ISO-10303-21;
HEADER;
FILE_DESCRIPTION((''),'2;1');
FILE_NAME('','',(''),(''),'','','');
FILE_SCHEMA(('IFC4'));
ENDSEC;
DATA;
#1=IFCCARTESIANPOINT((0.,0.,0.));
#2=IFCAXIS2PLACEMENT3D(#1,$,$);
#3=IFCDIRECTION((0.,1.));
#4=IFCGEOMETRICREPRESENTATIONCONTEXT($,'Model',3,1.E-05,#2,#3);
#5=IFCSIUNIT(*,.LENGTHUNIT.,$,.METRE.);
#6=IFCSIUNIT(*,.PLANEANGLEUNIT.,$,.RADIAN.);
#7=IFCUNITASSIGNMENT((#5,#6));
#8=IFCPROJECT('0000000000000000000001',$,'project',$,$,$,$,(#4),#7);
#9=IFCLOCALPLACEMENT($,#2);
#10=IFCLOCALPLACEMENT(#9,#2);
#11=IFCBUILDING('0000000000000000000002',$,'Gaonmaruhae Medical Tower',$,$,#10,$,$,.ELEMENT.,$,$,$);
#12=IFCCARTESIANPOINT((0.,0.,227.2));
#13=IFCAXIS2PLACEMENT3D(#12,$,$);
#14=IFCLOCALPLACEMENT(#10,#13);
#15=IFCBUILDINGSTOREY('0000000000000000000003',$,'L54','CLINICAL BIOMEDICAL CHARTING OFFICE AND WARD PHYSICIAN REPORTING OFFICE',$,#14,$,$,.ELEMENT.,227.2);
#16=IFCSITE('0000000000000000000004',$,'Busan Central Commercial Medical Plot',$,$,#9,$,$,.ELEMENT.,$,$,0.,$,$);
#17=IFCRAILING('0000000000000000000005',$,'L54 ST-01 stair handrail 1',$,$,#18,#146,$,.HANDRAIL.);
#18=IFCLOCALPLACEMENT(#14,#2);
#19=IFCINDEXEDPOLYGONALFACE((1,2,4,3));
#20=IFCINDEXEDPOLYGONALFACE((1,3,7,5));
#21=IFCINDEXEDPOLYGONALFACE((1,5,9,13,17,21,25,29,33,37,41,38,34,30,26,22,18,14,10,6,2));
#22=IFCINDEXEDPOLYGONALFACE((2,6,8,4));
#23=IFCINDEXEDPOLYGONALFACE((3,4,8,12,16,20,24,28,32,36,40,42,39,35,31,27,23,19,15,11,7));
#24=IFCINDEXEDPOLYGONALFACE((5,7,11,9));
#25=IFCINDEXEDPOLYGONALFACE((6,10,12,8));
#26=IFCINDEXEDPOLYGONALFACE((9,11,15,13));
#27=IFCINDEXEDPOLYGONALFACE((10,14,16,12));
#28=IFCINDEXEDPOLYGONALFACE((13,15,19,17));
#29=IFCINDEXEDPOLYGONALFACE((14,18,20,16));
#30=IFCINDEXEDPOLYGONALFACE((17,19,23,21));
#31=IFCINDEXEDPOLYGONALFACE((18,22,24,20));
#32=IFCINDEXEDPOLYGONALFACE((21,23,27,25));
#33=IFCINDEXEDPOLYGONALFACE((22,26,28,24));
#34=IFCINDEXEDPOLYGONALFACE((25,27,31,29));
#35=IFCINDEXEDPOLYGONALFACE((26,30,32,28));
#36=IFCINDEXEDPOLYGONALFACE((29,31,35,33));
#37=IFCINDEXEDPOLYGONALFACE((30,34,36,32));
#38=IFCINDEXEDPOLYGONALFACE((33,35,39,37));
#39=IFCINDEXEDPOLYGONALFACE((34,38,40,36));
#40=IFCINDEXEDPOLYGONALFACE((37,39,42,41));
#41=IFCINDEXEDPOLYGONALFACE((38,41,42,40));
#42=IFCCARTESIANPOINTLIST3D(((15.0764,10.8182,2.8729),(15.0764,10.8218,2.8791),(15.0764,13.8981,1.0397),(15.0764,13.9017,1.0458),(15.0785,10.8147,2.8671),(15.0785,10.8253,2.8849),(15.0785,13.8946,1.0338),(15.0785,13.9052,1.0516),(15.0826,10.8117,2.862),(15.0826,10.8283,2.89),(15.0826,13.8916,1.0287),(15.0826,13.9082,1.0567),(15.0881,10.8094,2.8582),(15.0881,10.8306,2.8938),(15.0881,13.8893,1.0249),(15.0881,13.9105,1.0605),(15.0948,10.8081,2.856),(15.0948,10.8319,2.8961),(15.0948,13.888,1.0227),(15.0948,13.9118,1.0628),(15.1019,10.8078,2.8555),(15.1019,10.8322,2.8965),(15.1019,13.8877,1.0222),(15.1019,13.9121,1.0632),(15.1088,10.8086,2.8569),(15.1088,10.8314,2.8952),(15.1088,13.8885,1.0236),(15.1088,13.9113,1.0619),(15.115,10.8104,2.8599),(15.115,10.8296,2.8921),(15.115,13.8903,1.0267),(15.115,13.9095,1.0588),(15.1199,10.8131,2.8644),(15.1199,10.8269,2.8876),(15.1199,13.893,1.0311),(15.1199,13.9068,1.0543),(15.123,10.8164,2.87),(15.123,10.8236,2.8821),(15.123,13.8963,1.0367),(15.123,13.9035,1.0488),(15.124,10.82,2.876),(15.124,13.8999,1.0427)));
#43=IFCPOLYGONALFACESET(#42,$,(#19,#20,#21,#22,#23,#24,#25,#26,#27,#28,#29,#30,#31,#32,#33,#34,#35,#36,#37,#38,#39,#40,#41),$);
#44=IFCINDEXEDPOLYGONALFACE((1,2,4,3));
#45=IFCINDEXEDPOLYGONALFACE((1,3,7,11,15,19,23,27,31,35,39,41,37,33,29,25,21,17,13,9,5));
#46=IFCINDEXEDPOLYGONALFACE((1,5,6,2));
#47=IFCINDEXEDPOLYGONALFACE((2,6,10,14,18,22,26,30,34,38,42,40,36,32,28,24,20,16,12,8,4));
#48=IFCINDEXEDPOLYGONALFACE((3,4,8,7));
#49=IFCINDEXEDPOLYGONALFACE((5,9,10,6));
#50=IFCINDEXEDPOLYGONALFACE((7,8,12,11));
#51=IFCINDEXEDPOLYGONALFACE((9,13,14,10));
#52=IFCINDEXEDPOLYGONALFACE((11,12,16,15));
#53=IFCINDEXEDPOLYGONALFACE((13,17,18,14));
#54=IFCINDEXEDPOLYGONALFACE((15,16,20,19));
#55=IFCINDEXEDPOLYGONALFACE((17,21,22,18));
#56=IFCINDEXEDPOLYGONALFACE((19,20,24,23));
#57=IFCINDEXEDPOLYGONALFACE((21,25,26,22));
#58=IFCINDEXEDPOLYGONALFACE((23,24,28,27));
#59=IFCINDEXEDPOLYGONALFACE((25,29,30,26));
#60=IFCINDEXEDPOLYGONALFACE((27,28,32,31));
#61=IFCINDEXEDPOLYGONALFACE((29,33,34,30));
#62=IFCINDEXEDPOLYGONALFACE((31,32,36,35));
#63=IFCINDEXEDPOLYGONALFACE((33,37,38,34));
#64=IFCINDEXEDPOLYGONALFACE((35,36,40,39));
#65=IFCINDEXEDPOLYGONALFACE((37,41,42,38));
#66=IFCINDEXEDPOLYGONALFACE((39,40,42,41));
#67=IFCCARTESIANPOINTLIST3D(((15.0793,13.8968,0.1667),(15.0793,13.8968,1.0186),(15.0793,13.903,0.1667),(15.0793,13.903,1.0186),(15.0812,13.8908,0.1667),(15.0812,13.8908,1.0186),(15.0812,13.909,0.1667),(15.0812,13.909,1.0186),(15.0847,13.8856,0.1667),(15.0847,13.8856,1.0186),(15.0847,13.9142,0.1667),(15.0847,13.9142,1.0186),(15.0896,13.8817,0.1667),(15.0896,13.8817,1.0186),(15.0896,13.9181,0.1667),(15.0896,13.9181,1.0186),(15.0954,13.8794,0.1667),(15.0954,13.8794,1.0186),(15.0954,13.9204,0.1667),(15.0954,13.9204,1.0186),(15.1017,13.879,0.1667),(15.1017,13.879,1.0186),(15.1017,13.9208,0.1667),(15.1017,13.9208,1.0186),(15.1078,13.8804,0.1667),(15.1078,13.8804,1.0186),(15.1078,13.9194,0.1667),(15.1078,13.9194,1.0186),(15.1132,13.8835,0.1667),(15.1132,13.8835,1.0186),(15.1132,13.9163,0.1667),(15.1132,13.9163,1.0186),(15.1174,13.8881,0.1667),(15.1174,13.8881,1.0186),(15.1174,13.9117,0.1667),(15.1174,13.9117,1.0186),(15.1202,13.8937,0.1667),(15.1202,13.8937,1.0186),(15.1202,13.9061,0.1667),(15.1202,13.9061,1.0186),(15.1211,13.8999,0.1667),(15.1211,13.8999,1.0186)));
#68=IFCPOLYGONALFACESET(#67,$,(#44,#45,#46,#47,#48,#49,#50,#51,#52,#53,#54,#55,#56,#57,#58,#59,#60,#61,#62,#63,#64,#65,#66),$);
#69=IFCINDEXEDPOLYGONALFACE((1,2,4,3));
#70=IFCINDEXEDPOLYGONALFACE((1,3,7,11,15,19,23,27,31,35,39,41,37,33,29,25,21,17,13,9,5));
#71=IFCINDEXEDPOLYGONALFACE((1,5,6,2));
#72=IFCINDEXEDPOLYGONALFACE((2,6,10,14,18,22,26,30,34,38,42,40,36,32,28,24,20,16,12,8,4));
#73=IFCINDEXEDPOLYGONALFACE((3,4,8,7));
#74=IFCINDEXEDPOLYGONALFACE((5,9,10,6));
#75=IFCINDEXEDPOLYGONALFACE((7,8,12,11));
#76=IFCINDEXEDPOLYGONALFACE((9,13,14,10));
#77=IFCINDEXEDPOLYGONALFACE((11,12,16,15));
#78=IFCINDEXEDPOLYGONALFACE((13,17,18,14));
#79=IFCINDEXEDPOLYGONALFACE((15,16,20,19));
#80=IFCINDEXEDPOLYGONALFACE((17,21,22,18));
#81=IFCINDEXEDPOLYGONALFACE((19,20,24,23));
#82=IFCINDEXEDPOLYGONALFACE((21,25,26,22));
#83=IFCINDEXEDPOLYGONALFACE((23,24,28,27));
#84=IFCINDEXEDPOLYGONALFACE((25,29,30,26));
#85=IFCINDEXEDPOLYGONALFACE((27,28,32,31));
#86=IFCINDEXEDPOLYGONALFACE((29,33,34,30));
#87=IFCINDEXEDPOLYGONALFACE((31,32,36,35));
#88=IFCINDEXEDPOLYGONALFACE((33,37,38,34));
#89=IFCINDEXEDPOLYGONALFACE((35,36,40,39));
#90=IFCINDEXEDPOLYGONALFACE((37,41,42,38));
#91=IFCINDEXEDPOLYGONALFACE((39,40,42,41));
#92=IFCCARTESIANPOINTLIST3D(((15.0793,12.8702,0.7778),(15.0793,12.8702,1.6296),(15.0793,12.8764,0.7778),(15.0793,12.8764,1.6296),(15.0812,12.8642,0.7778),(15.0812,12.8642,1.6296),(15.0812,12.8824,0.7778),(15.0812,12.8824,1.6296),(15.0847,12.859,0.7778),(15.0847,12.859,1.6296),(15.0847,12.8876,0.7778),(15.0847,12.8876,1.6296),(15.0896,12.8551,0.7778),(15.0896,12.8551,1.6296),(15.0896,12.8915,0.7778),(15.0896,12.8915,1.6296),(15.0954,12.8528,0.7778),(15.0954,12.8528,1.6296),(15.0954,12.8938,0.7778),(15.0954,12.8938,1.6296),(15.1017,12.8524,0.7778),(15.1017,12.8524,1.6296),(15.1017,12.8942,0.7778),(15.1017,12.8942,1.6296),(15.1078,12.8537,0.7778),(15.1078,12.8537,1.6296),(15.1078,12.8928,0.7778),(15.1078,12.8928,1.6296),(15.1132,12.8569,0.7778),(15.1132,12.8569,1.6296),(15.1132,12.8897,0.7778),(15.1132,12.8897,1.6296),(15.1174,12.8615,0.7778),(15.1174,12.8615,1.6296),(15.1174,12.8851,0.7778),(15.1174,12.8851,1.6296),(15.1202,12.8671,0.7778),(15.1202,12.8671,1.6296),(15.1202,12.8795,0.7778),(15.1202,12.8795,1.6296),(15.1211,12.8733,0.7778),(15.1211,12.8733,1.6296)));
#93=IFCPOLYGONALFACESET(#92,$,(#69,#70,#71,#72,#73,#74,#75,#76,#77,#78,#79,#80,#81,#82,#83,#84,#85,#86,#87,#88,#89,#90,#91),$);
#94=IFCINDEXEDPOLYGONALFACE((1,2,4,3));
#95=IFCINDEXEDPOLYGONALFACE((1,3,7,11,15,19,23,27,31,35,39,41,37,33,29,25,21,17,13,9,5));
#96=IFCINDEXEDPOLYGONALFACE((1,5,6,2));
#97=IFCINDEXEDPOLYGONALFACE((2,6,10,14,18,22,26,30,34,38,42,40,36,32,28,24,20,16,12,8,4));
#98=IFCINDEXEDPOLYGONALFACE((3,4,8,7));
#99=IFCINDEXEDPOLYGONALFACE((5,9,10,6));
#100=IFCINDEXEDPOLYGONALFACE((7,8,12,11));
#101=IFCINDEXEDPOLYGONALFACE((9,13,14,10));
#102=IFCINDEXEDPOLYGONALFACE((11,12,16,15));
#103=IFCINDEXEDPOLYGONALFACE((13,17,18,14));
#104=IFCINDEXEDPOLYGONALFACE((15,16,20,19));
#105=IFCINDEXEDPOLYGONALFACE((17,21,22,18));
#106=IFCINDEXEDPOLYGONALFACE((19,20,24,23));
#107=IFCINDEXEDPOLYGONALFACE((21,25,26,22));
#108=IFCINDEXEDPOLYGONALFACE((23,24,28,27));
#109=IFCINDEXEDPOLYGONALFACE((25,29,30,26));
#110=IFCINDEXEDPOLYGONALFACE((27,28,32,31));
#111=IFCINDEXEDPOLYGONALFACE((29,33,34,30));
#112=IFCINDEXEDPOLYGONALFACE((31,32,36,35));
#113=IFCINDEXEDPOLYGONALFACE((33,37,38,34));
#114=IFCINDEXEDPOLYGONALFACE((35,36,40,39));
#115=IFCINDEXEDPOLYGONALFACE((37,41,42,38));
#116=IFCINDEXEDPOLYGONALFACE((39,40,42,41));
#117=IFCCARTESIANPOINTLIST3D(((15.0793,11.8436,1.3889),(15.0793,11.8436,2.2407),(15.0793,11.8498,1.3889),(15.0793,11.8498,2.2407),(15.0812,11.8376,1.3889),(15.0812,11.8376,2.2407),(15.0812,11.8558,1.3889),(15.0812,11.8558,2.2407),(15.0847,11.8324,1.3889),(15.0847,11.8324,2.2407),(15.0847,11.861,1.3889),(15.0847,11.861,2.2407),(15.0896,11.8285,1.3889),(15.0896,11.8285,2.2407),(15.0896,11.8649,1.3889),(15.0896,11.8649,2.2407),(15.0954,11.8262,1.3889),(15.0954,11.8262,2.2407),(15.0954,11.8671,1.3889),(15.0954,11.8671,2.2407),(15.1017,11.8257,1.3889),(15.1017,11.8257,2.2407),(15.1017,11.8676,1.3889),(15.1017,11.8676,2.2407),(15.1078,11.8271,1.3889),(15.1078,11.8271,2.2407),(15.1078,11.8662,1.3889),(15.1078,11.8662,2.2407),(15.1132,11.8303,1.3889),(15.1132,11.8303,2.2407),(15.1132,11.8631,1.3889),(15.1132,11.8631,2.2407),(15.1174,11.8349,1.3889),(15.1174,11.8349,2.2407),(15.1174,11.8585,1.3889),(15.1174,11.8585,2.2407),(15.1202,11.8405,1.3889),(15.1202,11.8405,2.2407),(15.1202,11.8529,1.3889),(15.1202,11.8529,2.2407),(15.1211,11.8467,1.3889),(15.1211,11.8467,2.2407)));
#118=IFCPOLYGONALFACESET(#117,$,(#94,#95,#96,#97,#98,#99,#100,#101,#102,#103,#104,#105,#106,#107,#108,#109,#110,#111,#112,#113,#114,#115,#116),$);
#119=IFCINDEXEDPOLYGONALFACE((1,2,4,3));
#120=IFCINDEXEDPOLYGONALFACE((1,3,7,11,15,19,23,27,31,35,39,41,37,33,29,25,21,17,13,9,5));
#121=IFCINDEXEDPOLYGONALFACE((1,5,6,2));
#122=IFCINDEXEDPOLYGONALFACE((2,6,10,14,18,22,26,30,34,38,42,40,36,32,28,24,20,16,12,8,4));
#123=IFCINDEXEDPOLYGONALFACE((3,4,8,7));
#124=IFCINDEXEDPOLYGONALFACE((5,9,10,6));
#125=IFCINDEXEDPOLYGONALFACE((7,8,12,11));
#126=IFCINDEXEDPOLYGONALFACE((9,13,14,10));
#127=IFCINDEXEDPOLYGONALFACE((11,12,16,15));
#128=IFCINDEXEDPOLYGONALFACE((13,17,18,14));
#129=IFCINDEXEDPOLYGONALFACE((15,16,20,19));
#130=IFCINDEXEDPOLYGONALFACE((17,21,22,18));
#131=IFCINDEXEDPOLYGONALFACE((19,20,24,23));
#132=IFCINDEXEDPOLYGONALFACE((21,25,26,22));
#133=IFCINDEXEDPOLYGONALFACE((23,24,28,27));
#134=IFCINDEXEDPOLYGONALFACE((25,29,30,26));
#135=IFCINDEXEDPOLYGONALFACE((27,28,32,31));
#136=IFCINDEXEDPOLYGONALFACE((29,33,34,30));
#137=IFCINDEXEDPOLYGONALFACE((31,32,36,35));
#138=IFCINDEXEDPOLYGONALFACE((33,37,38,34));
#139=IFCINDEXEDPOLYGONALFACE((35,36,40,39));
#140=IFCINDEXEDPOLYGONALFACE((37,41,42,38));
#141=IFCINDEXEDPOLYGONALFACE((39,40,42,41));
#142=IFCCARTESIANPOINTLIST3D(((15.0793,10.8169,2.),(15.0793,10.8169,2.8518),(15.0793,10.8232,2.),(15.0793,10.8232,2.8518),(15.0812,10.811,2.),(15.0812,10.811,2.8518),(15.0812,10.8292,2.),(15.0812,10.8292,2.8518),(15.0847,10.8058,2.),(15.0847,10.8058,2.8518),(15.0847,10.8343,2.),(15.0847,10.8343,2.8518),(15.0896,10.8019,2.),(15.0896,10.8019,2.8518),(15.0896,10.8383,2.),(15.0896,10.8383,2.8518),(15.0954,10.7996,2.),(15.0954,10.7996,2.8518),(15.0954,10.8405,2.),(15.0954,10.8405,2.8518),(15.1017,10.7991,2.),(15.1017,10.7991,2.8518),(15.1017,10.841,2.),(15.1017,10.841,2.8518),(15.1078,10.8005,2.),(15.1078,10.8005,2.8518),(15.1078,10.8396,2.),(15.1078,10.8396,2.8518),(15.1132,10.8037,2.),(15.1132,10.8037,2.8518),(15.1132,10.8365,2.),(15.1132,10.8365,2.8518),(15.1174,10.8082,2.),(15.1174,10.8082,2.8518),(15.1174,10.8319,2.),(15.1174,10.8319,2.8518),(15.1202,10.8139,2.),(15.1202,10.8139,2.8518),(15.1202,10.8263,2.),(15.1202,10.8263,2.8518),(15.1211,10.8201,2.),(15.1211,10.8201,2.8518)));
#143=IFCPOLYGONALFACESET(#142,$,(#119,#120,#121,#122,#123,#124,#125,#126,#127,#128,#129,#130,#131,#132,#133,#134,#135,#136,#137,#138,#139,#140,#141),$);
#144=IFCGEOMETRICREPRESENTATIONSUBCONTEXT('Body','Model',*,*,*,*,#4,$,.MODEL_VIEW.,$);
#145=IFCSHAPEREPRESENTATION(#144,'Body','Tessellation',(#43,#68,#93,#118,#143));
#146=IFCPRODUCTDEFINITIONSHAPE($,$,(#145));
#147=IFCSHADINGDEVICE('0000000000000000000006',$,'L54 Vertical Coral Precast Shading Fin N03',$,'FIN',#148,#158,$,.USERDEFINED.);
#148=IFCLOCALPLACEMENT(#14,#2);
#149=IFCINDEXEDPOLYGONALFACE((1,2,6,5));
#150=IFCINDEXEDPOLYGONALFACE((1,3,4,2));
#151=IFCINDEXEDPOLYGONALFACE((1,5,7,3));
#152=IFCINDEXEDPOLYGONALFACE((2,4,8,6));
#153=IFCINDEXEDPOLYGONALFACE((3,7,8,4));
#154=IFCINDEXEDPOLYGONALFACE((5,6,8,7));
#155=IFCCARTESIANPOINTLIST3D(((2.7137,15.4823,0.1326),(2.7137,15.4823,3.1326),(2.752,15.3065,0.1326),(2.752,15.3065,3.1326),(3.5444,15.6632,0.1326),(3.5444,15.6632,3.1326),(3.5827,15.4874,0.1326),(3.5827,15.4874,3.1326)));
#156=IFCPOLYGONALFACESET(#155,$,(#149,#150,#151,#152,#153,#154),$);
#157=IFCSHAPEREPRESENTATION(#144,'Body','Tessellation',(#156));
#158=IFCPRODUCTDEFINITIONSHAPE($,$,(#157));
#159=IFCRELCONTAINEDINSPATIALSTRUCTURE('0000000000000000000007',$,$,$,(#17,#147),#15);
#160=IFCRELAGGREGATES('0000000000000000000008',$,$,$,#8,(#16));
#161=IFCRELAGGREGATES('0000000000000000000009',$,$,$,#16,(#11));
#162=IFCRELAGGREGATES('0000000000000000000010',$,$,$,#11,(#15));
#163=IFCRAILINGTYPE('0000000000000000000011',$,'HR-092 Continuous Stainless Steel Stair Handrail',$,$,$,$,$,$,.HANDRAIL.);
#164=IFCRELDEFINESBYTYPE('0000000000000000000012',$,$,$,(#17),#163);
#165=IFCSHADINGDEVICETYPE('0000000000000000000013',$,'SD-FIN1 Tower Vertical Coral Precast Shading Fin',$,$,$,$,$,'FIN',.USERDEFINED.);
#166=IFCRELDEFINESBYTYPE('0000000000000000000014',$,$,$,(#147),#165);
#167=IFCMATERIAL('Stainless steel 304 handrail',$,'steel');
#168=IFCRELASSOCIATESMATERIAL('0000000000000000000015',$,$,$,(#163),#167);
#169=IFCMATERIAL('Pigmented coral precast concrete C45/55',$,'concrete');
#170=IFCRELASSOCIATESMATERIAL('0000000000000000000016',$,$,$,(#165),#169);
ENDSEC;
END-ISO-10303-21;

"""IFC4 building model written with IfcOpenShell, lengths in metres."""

from ifc_helpers import new_model, si_unit, direction, frame, origin, origin_2d, place, context, subcontext, project, spatial, rectangle, circle, extrude, material, type_object, element, save


model = new_model("IFC4")

# Units and contexts
model_context = context("Model", 3, precision=1e-05, world=origin(), true_north=direction((0.0, 1.0)))
body_context = subcontext(model_context, "Body", "Model", "MODEL_VIEW")
ifc_project = project(units=[si_unit("LENGTHUNIT", "METRE"), si_unit("PLANEANGLEUNIT", "RADIAN")], contexts=[model_context])

# Site, building, storey
site_placement = place(None, origin())
site = spatial("IfcSite", under=ifc_project, at=site_placement, Name="Busan Central Commercial Medical Plot", CompositionType="ELEMENT", RefElevation=0.0)
building_placement = place(site_placement, origin())
building = spatial("IfcBuilding", under=site, at=building_placement, Name="Gaonmaruhae Medical Tower", CompositionType="ELEMENT")
storey_placement = place(building_placement, frame((0.0, 0.0, 227.2)))
storey = spatial("IfcBuildingStorey", under=building, at=storey_placement, Name="L54", Description="CLINICAL BIOMEDICAL CHARTING OFFICE AND WARD PHYSICIAN REPORTING OFFICE", CompositionType="ELEMENT", Elevation=227.2)

# Railing
ifc_material_1 = material(Name="Stainless steel 304 handrail", Category="steel")
railing_type_1 = type_object("IfcRailingType", Name="HR-092 Continuous Stainless Steel Stair Handrail", PredefinedType="HANDRAIL", material=ifc_material_1)
railing_1_placement = place(storey_placement, frame((15.1001, 13.8999, 0.1667)))
element("IfcRailing", 1, at=railing_1_placement, inside=storey, type_object=railing_type_1, Name="L54 ST-01 stair handrail 1", PredefinedType="HANDRAIL", context=body_context, shape_type="SweptSolid", body=[
    extrude(circle(Radius=0.0239, at=origin_2d()), frame((0.0, 0.0, 0.876), z_axis=(0.0, -0.859291, 0.511487), x_axis=(1.0, 0.0, 0.0)), (0.0, 0.0, 1.0), 3.5842),
    extrude(circle(Radius=0.021, at=origin_2d()), origin(), (0.0, 0.0, 1.0), 0.8518),
    extrude(circle(Radius=0.021, at=origin_2d()), frame((0.0, -1.0266, 0.6111)), (0.0, 0.0, 1.0), 0.8518),
    extrude(circle(Radius=0.021, at=origin_2d()), frame((0.0, -2.0532, 1.2222)), (0.0, 0.0, 1.0), 0.8518),
    extrude(circle(Radius=0.021, at=origin_2d()), frame((0.0, -3.0798, 1.8333)), (0.0, 0.0, 1.0), 0.8518),
])

# Shading device
ifc_material_2 = material(Name="Pigmented coral precast concrete C45/55", Category="concrete")
shading_device_type = type_object("IfcShadingDeviceType", Name="SD-FIN1 Tower Vertical Coral Precast Shading Fin", ElementType="FIN", PredefinedType="USERDEFINED", material=ifc_material_2)
shading_device_placement = place(storey_placement, frame((3.1482, 15.4849, 0.1326), z_axis=(0.0, 0.0, 1.0), x_axis=(-0.21274, 0.977109, 0.0)))
element("IfcShadingDevice", 2, at=shading_device_placement, inside=storey, type_object=shading_device_type, Name="L54 Vertical Coral Precast Shading Fin N03", ObjectType="FIN", PredefinedType="USERDEFINED", context=body_context, shape_type="SweptSolid", body=[
    extrude(rectangle(XDim=0.1799, YDim=0.8501, at=origin_2d()), origin(), (0.0, 0.0, 1.0), 3.0),
])

save(model, "model.ifc")
